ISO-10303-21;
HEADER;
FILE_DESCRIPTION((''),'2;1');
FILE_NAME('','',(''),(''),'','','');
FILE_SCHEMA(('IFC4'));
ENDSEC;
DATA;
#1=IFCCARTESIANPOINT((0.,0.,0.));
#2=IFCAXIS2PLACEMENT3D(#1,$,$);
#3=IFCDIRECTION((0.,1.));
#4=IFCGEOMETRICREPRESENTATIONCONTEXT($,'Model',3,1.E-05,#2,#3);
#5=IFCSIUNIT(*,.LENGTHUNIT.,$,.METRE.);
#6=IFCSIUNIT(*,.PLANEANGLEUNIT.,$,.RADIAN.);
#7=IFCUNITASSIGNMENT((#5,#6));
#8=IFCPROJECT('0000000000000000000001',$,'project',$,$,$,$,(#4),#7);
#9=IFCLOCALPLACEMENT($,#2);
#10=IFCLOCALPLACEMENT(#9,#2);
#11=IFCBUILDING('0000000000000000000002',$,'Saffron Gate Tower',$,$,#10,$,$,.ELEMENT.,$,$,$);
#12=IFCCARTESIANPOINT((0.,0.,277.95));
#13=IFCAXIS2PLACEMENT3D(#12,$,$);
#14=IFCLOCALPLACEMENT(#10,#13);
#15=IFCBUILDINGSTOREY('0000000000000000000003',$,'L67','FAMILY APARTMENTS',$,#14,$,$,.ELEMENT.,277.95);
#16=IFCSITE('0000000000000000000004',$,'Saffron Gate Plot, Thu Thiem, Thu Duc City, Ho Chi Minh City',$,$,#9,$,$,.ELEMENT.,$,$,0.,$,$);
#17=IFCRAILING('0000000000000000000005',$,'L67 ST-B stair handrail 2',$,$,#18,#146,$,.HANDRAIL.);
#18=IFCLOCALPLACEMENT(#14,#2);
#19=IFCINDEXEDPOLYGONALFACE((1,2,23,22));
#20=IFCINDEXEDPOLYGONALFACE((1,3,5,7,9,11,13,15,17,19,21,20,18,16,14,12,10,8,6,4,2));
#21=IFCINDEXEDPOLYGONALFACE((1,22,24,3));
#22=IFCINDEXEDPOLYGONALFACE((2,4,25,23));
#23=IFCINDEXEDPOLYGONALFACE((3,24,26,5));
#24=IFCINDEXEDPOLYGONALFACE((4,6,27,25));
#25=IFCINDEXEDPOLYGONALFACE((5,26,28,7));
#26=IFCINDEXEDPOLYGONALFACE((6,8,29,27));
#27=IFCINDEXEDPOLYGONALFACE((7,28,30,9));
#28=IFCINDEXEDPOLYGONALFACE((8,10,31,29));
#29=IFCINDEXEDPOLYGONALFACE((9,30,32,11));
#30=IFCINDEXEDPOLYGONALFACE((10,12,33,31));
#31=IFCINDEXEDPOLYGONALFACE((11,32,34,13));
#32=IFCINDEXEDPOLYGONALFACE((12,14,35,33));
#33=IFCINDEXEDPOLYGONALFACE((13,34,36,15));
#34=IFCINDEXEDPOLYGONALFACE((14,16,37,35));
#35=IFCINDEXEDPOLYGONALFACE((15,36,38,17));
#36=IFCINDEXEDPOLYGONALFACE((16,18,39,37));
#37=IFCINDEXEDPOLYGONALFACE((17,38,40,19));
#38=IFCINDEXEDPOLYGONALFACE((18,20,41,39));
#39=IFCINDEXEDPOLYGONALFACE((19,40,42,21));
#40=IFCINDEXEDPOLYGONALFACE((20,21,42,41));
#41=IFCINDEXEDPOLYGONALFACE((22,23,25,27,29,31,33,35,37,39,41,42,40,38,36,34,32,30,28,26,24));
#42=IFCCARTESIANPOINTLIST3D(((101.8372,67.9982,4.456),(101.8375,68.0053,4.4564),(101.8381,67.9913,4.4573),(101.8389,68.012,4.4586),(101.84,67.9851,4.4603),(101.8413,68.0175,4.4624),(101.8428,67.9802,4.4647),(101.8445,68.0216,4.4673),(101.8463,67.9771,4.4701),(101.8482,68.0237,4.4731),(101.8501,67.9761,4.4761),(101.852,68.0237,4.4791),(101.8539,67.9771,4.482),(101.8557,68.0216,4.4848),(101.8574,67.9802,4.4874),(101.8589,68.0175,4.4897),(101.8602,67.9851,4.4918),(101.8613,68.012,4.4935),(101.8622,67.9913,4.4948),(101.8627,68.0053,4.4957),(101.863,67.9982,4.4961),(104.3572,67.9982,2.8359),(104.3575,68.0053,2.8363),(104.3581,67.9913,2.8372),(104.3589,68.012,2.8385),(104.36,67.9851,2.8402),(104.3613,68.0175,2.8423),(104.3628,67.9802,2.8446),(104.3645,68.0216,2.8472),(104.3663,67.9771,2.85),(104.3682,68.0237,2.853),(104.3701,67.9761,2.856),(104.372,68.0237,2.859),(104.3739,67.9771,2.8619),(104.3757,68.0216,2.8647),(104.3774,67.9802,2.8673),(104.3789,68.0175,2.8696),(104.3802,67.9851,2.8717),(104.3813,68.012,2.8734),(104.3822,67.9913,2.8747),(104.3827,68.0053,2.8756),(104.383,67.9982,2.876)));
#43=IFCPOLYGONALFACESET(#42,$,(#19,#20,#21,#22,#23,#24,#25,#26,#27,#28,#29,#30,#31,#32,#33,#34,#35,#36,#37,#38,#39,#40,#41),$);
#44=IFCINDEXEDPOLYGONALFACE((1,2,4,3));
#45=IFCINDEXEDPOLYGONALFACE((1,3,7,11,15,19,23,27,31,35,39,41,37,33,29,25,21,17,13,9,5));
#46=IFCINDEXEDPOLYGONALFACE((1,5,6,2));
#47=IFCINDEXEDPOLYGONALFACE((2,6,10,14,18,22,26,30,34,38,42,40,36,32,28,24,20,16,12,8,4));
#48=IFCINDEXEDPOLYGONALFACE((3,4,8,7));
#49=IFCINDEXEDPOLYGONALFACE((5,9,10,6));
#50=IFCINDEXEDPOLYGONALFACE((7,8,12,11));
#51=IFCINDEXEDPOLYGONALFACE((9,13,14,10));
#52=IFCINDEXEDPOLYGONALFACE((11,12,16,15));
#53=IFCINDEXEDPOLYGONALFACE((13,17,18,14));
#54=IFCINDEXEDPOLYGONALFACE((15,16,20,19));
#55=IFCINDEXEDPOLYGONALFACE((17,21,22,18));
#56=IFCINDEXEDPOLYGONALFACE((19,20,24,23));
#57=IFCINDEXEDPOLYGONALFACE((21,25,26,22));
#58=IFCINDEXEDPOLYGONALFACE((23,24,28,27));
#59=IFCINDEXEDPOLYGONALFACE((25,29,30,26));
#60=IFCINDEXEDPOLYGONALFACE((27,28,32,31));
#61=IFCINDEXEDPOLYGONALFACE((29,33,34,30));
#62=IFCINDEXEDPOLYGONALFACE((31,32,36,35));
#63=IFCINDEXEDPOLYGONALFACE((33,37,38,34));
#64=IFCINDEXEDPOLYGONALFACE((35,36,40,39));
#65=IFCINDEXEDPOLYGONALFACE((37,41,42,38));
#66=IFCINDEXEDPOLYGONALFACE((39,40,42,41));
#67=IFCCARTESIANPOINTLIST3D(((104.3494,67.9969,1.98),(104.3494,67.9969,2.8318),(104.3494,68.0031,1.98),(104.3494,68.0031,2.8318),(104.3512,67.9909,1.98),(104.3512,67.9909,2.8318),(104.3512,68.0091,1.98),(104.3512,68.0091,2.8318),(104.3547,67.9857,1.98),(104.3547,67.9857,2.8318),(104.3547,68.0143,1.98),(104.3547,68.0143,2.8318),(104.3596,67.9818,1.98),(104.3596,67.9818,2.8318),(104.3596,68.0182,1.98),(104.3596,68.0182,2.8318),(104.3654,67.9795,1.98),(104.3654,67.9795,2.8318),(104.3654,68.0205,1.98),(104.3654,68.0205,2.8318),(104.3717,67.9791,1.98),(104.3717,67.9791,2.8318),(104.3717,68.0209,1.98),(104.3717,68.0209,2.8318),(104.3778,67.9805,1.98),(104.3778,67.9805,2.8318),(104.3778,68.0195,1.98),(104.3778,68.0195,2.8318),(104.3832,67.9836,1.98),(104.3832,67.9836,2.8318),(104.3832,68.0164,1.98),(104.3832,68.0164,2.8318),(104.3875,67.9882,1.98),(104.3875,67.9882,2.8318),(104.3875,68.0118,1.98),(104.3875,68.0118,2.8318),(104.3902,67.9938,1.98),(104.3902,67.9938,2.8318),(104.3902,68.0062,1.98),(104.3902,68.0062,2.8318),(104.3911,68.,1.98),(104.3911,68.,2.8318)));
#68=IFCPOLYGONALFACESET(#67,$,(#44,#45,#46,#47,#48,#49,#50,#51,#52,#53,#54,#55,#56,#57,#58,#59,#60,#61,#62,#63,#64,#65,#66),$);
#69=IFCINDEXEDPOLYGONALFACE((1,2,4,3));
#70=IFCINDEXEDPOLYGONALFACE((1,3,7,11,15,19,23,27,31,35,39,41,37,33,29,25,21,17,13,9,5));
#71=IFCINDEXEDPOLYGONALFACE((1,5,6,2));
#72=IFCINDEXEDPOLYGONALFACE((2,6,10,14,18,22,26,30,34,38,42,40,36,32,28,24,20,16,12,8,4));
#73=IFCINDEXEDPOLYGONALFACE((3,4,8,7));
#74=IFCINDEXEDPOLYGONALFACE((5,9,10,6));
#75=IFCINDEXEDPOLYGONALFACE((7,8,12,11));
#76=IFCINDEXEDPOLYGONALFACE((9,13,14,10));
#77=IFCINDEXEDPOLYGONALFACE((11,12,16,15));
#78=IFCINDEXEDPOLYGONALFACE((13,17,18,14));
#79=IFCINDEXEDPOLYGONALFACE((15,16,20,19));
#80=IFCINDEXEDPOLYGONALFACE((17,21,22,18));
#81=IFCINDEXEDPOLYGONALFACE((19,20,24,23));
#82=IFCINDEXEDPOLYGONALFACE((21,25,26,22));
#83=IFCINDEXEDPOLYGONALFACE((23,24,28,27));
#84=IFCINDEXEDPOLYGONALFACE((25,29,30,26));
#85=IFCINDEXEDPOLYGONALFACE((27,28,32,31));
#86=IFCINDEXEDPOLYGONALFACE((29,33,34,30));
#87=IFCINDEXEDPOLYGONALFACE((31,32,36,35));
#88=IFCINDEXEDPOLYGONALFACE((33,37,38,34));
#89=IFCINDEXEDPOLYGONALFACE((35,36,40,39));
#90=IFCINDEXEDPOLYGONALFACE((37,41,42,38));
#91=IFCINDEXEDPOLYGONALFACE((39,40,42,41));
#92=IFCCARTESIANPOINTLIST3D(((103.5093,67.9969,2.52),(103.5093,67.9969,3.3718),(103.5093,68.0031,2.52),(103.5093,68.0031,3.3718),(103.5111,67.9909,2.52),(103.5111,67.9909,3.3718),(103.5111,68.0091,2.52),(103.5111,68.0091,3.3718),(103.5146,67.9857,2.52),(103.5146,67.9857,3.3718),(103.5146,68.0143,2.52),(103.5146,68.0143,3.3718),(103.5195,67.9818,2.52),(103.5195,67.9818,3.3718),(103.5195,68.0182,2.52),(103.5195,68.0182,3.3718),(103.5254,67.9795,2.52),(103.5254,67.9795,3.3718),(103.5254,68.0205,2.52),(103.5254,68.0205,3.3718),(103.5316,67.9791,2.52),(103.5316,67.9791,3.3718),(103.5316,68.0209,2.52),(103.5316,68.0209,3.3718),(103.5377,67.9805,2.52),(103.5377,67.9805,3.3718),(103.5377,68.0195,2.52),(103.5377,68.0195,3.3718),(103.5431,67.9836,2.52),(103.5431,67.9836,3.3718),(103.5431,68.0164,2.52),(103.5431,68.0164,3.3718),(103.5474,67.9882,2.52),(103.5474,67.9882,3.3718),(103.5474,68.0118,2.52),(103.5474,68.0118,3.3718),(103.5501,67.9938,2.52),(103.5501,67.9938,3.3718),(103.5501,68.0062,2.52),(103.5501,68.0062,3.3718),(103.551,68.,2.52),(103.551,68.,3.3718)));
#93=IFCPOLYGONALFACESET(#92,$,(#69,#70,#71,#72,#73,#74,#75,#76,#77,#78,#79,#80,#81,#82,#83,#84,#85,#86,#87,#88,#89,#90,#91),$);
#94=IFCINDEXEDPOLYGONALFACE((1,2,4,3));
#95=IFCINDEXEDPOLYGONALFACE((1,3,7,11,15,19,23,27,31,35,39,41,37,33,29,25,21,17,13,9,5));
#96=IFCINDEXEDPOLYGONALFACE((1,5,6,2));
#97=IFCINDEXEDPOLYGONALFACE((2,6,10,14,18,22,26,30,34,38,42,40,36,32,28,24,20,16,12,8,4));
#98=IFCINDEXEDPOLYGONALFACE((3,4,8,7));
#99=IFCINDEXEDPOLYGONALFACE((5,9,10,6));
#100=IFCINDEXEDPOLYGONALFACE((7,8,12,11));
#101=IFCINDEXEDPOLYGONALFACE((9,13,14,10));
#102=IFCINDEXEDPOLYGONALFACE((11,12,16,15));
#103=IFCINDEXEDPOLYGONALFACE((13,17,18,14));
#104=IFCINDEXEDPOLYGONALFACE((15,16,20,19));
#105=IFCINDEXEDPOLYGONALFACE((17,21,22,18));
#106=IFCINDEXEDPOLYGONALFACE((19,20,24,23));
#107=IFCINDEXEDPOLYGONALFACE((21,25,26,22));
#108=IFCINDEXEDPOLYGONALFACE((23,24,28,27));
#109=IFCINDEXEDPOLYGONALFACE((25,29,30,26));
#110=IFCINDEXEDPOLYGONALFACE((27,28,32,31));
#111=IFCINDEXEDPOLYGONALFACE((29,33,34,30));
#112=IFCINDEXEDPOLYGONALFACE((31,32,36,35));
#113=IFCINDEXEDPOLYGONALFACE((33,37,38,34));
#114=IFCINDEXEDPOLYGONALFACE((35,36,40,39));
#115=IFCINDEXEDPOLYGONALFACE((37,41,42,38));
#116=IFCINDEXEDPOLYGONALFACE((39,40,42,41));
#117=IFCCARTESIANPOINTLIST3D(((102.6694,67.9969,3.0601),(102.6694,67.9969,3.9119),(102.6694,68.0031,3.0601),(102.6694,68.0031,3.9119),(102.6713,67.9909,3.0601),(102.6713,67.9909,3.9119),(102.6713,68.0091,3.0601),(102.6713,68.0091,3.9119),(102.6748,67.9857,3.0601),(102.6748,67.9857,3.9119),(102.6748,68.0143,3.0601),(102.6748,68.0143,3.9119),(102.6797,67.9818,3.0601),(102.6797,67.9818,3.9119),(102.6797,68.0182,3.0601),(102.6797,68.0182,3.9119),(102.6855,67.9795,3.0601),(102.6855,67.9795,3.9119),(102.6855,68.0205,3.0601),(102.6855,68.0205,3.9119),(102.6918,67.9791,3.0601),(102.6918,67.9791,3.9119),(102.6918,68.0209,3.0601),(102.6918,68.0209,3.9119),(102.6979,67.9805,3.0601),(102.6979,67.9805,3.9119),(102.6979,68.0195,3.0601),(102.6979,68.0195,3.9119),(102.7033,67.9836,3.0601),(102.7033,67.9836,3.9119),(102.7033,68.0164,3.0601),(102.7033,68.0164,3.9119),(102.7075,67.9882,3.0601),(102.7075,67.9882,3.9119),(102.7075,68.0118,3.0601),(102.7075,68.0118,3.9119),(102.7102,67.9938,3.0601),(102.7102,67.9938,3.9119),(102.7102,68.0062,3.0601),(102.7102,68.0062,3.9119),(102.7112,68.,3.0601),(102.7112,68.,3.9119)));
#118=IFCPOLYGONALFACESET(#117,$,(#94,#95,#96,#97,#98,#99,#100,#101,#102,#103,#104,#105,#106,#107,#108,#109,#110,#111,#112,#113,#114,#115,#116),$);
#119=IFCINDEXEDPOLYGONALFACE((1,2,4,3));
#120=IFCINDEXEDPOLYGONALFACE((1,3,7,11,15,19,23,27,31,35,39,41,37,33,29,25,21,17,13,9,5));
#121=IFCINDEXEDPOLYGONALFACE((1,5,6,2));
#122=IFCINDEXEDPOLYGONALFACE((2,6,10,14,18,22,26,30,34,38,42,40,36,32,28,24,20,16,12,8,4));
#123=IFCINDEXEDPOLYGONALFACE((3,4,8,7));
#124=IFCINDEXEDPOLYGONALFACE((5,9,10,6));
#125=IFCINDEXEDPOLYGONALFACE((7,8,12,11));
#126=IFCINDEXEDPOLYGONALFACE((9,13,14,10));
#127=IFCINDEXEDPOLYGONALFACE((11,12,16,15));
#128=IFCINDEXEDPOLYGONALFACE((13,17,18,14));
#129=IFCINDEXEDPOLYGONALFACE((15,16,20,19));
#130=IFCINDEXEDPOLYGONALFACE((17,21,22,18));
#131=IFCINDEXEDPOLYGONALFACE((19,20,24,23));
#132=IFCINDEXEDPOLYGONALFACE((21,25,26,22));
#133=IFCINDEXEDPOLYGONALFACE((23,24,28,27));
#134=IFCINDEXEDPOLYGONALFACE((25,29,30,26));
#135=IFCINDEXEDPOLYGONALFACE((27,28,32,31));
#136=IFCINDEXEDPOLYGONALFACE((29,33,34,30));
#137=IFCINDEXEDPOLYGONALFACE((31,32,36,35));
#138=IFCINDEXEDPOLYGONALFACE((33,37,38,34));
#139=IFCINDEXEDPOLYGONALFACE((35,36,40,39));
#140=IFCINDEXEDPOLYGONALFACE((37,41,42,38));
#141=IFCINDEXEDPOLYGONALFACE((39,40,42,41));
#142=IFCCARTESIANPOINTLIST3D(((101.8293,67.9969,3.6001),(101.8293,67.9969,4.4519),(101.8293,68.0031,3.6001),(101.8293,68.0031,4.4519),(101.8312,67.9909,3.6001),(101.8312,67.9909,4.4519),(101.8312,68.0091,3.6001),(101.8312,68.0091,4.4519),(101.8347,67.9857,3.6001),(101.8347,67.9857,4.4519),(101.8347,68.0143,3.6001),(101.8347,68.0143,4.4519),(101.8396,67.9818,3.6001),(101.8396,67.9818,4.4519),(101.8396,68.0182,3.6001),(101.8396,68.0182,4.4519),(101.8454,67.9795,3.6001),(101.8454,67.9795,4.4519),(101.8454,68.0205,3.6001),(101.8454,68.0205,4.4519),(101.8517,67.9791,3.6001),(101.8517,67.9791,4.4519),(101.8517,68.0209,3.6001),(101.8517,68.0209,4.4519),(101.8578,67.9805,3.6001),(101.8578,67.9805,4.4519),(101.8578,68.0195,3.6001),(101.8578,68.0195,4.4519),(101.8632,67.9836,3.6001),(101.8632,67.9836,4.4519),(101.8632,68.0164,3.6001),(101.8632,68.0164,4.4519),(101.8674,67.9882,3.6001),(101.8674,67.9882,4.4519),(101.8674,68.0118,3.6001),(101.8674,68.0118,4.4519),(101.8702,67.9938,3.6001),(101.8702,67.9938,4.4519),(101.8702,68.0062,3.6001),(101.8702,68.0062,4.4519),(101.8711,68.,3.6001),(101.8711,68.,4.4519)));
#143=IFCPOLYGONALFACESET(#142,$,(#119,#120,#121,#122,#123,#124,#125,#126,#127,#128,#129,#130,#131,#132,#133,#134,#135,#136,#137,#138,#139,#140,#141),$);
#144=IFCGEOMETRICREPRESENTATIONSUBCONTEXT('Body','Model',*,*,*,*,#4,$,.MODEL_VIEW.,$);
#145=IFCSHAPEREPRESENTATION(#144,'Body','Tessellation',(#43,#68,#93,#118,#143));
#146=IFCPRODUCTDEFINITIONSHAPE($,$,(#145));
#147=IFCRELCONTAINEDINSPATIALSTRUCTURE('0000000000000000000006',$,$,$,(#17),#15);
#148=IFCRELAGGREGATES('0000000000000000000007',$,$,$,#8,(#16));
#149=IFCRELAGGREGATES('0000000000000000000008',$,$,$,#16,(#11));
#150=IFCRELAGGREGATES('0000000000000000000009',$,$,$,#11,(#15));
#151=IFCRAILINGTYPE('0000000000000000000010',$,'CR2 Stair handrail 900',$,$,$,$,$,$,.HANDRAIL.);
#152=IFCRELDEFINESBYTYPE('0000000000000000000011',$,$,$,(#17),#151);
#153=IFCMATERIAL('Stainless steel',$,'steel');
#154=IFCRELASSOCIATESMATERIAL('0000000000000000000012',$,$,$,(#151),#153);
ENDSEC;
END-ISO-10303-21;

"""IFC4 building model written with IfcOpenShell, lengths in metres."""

from ifc_helpers import new_model, si_unit, direction, frame, origin, origin_2d, place, context, subcontext, project, spatial, circle, extrude, material, type_object, element, save


model = new_model("IFC4")

# Units and contexts
model_context = context("Model", 3, precision=1e-05, world=origin(), true_north=direction((0.0, 1.0)))
body_context = subcontext(model_context, "Body", "Model", "MODEL_VIEW")
ifc_project = project(units=[si_unit("LENGTHUNIT", "METRE"), si_unit("PLANEANGLEUNIT", "RADIAN")], contexts=[model_context])

# Site, building, storey
site_placement = place(None, origin())
site = spatial("IfcSite", under=ifc_project, at=site_placement, Name="Saffron Gate Plot, Thu Thiem, Thu Duc City, Ho Chi Minh City", CompositionType="ELEMENT", RefElevation=0.0)
building_placement = place(site_placement, origin())
building = spatial("IfcBuilding", under=site, at=building_placement, Name="Saffron Gate Tower", CompositionType="ELEMENT")
storey_placement = place(building_placement, frame((0.0, 0.0, 277.95)))
storey = spatial("IfcBuildingStorey", under=building, at=storey_placement, Name="L67", Description="FAMILY APARTMENTS", CompositionType="ELEMENT", Elevation=277.95)

# Railing
ifc_material_1 = material(Name="Stainless steel", Category="steel")
railing_type_1 = type_object("IfcRailingType", Name="CR2 Stair handrail 900", PredefinedType="HANDRAIL", material=ifc_material_1)
for number, where, name in (
    (1, (104.3701, 68.0, 1.98), "L67 ST-B stair handrail 2"),
):
    element("IfcRailing", number, at=place(storey_placement, frame(where)), inside=storey, type_object=railing_type_1, Name=name, PredefinedType="HANDRAIL", context=body_context, shape_type="SweptSolid", body=[
        extrude(circle(Radius=0.0239, at=origin_2d()), frame((0.0, 0.0, 0.876), z_axis=(-0.841163, 0.0, 0.540782), x_axis=(0.0, -1.0, 0.0)), (0.0, 0.0, 1.0), 2.9958),
        extrude(circle(Radius=0.021, at=origin_2d()), origin(), (0.0, 0.0, 1.0), 0.8518),
        extrude(circle(Radius=0.021, at=origin_2d()), frame((-0.8401, 0.0, 0.54)), (0.0, 0.0, 1.0), 0.8518),
        extrude(circle(Radius=0.021, at=origin_2d()), frame((-1.6799, 0.0, 1.0801)), (0.0, 0.0, 1.0), 0.8518),
        extrude(circle(Radius=0.021, at=origin_2d()), frame((-2.52, 0.0, 1.6201)), (0.0, 0.0, 1.0), 0.8518),
    ])

save(model, "model.ifc")
